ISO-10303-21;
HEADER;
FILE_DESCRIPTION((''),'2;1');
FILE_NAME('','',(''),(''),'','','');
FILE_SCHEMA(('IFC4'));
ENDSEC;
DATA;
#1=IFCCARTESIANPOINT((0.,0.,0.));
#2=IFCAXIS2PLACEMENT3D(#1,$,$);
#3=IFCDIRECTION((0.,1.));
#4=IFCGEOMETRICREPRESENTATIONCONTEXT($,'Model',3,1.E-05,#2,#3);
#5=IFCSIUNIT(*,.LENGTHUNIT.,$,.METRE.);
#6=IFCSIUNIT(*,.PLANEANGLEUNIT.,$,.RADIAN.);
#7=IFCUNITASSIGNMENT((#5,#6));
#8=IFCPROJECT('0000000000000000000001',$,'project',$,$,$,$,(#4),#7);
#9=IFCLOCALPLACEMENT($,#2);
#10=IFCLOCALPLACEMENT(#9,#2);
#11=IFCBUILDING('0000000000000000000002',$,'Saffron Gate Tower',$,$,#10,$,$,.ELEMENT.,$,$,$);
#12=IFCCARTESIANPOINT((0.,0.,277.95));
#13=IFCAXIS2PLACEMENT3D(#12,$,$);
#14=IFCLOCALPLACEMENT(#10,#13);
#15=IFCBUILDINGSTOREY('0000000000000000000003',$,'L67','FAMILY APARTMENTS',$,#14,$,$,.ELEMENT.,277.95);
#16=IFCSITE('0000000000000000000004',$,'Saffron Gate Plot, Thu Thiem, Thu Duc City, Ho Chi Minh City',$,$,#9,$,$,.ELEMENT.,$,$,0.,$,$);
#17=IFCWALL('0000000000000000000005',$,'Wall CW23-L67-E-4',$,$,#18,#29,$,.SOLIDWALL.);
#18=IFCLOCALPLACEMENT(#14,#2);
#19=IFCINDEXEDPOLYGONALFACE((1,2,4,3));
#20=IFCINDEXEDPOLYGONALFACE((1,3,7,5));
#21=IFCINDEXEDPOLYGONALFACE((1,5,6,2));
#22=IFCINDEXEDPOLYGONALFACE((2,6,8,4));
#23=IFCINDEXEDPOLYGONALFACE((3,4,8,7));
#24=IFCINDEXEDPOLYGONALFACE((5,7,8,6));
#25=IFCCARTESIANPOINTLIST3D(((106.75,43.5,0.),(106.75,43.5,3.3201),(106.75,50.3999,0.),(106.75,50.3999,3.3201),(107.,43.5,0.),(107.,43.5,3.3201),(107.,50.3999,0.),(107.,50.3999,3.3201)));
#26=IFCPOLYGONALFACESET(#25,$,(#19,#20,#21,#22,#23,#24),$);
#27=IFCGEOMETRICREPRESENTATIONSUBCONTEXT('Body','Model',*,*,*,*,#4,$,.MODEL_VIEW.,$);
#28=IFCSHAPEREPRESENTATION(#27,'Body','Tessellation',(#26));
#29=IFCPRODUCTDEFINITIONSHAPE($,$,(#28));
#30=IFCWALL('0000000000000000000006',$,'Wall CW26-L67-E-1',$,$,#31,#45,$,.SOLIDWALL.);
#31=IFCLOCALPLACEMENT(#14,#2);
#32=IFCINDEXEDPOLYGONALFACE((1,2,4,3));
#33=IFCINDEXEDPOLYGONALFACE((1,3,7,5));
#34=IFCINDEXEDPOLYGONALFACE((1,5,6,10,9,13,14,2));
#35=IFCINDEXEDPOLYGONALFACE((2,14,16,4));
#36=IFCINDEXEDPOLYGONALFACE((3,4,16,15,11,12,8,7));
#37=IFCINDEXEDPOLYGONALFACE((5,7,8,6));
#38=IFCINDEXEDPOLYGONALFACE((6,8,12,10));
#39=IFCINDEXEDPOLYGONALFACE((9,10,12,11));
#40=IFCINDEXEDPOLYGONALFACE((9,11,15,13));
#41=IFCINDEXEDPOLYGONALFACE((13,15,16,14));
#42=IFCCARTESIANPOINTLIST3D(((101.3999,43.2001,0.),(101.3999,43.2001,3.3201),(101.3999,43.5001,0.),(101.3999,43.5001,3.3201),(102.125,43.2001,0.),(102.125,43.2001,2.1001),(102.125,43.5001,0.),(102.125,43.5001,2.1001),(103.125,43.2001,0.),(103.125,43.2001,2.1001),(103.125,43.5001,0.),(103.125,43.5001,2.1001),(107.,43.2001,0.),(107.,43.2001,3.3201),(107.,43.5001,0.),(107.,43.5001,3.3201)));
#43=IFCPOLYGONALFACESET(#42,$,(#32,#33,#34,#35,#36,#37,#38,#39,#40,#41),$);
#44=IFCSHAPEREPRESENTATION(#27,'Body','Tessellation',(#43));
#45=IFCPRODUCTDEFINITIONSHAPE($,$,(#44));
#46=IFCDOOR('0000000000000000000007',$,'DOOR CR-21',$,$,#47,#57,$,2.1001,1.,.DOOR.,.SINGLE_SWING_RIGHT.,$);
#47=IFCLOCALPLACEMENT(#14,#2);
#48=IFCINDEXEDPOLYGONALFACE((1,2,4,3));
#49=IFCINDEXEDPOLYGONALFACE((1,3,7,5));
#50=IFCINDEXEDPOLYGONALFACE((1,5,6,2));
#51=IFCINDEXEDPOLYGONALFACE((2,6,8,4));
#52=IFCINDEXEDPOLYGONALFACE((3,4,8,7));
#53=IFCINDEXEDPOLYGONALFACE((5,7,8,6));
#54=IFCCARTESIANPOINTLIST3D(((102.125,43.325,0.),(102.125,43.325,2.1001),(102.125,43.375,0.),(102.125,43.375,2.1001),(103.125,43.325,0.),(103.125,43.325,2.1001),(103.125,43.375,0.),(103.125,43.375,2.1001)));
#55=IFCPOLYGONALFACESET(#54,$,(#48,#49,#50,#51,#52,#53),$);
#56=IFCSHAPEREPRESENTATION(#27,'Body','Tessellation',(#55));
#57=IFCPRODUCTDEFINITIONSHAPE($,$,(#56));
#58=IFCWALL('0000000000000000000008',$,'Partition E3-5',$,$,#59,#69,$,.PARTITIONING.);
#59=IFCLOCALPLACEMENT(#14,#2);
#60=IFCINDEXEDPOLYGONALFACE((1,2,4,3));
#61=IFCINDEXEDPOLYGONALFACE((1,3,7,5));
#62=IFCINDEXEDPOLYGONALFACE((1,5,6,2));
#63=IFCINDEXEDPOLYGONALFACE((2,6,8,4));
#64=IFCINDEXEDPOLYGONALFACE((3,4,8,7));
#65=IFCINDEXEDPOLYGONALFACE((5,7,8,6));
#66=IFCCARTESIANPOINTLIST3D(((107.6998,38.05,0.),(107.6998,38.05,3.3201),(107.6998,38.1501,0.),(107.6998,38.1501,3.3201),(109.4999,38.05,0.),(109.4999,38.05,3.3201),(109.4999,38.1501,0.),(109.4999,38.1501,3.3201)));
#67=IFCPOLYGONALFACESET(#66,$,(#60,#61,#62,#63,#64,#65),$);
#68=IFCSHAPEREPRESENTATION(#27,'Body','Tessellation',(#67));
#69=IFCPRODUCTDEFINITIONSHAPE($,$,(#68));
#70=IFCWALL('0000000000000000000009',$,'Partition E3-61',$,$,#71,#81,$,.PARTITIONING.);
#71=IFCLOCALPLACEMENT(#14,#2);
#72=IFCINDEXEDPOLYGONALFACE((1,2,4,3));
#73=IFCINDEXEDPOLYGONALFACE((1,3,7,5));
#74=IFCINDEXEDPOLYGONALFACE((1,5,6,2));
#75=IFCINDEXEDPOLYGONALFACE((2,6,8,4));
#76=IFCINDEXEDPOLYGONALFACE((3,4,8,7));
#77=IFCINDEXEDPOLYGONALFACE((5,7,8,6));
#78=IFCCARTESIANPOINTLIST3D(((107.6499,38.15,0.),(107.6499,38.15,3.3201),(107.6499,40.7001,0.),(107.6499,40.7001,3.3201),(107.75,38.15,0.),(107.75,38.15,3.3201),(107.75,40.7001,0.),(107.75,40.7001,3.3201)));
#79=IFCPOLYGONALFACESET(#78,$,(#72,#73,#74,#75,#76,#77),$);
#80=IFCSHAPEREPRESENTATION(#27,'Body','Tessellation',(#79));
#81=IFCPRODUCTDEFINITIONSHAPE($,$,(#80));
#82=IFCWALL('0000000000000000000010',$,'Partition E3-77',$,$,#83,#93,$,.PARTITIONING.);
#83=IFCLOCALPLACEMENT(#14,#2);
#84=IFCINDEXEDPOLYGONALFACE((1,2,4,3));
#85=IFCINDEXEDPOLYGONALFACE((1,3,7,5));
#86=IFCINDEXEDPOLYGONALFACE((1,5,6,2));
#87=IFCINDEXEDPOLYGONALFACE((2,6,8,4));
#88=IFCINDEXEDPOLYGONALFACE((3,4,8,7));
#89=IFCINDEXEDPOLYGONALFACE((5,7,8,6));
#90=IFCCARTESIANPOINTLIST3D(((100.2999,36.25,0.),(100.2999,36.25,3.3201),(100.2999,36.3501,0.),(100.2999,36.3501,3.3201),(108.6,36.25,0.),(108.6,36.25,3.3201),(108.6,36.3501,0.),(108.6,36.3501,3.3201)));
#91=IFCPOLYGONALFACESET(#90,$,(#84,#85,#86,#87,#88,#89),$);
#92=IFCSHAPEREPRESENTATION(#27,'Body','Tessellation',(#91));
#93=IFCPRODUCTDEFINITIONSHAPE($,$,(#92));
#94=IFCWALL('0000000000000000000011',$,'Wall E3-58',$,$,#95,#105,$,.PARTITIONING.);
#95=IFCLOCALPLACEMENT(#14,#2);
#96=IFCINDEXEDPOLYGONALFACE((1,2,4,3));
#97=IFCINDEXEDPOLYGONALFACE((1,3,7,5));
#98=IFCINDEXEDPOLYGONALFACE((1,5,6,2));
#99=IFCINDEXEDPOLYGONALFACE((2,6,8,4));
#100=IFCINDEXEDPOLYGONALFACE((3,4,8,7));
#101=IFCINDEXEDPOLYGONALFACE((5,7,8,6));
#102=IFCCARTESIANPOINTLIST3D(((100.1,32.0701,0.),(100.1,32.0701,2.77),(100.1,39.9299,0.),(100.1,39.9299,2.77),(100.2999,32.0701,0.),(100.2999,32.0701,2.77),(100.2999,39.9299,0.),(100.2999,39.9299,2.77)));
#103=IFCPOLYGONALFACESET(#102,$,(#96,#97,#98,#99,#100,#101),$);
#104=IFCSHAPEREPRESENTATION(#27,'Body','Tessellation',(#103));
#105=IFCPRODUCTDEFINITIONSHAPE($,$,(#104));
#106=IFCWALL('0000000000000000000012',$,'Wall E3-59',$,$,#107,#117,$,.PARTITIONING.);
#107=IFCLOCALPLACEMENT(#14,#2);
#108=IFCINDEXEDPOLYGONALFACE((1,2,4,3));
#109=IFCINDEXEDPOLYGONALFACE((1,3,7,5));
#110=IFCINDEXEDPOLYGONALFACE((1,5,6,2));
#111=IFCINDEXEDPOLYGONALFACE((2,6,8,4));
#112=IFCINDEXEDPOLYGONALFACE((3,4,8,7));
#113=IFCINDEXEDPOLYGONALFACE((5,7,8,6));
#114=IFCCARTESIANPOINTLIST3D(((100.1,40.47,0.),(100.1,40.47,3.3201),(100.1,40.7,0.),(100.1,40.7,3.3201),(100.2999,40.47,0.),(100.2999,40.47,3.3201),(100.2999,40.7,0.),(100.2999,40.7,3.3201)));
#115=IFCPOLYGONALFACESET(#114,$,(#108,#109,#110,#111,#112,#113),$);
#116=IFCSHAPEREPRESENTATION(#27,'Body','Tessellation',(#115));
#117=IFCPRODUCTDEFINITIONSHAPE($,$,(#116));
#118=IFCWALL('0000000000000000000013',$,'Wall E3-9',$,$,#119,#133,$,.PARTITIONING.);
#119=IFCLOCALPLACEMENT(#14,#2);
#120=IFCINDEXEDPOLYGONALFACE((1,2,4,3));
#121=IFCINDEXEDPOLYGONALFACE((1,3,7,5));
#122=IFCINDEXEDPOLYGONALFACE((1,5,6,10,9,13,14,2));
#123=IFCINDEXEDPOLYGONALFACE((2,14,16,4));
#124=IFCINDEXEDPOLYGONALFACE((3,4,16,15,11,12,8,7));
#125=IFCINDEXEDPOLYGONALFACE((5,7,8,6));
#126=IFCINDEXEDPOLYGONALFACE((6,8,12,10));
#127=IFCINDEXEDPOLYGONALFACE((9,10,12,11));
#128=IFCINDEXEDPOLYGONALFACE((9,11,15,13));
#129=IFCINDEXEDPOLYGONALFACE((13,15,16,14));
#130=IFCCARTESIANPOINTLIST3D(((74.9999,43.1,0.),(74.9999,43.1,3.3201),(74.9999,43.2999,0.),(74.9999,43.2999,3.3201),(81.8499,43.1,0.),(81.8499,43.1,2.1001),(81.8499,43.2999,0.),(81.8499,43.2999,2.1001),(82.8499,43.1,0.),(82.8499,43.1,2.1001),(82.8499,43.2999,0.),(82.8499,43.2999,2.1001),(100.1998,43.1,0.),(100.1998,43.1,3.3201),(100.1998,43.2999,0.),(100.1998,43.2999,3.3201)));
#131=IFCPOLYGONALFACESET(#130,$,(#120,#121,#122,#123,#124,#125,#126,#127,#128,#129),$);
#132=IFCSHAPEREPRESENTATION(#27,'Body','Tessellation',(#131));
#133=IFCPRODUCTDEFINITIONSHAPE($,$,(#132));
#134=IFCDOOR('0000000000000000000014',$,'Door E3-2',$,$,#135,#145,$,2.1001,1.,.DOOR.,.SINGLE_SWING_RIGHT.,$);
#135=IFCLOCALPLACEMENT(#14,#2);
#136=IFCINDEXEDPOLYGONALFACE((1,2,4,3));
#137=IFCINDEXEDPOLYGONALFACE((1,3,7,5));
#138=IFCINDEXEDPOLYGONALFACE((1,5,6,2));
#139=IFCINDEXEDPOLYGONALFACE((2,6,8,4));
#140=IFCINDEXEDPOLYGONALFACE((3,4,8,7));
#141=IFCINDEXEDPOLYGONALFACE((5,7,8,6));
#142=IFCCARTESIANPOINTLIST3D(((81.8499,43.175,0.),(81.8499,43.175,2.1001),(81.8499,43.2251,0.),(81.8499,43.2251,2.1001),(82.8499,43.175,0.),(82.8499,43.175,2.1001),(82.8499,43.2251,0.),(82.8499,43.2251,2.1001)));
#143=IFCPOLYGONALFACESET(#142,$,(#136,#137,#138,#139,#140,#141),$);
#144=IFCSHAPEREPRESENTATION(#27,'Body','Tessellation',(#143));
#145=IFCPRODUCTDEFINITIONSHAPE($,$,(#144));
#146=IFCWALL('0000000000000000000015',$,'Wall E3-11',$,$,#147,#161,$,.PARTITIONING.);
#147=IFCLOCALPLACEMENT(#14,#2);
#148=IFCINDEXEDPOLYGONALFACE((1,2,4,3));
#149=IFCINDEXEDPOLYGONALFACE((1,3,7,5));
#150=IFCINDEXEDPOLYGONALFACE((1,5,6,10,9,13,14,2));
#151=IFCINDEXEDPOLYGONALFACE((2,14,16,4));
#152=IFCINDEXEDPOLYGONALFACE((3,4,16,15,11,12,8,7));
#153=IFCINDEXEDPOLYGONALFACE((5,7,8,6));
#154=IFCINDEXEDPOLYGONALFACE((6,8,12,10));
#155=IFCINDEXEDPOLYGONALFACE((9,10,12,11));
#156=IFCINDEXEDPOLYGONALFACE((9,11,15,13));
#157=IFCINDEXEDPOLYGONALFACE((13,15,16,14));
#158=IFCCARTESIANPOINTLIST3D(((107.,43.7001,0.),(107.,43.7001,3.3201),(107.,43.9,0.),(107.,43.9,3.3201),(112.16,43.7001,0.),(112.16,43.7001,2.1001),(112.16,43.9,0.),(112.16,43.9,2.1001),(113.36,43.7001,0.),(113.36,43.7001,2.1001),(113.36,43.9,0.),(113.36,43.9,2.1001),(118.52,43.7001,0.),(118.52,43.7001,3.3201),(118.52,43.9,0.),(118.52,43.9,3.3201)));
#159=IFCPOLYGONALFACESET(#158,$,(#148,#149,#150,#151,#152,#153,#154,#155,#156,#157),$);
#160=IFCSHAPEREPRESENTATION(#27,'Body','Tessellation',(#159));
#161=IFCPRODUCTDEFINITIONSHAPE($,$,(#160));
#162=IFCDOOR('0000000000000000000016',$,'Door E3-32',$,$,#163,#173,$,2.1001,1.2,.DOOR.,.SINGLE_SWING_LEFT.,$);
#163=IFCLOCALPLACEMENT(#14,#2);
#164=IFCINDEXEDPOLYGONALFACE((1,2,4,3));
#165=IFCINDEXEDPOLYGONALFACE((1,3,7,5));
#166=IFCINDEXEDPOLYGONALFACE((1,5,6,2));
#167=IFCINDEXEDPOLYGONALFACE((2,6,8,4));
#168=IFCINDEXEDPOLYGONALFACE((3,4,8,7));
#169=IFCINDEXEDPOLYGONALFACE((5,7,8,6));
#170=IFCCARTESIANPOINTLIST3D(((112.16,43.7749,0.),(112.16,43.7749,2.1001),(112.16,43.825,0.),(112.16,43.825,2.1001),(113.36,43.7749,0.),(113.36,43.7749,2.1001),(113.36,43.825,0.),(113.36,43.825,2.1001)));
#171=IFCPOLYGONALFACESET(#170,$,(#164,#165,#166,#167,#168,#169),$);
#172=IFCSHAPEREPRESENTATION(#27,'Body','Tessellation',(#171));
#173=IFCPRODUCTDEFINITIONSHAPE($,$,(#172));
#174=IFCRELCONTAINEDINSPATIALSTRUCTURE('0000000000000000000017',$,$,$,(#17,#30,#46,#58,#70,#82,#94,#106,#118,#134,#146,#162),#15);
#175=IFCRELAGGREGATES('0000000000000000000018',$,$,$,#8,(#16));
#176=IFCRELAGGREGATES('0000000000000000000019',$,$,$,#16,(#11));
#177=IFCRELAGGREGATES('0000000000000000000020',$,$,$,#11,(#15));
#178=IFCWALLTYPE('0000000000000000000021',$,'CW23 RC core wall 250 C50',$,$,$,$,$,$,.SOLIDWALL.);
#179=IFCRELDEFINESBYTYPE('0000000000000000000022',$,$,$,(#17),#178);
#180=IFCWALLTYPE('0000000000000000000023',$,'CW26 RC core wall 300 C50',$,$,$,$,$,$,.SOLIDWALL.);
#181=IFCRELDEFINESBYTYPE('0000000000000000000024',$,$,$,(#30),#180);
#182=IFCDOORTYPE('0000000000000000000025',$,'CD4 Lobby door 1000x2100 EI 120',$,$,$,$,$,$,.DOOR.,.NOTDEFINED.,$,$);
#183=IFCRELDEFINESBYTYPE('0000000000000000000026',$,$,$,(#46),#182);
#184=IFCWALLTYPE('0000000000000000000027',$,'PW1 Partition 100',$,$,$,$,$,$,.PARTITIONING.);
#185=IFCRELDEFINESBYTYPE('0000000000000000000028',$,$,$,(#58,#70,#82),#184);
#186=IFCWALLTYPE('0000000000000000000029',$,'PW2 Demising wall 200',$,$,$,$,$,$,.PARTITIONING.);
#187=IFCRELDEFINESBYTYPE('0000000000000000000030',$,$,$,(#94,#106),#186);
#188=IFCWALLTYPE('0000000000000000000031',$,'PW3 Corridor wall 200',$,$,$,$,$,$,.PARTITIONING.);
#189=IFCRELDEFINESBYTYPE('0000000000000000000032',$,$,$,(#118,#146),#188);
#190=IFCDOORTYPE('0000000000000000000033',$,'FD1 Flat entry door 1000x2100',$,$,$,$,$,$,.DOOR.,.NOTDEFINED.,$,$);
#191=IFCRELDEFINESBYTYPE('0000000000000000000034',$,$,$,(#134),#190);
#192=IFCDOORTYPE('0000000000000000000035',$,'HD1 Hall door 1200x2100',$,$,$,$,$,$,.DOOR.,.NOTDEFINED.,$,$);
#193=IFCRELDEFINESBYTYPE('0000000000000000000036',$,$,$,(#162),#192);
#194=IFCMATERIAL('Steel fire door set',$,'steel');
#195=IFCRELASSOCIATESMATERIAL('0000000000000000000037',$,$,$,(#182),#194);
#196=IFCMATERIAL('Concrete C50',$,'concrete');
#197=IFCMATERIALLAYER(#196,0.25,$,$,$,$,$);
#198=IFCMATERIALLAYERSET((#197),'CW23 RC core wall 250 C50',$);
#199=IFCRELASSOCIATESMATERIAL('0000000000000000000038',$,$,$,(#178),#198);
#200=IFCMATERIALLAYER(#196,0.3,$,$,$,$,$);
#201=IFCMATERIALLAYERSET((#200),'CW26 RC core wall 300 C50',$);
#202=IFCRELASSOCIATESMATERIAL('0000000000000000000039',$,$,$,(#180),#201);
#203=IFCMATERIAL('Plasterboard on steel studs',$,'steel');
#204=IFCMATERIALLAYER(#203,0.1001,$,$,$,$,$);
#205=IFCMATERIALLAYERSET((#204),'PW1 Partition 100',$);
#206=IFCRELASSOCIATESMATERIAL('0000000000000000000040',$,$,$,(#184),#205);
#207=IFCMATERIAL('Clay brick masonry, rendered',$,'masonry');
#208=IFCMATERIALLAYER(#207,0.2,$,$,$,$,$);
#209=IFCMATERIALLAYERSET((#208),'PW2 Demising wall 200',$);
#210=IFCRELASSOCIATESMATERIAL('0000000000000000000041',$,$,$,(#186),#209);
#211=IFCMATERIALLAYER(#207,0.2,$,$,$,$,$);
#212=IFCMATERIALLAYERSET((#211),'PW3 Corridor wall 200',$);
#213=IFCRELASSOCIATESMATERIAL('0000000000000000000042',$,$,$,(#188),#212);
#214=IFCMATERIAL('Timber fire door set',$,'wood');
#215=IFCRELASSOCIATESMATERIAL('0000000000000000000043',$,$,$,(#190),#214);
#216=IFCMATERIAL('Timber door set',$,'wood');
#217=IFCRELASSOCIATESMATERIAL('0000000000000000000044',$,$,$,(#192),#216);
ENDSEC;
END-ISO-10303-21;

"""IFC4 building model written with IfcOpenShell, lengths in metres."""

from ifc_helpers import new_model, si_unit, direction, frame, frame_2d, origin, place, context, subcontext, project, spatial, rectangle, extrude, material, layer, layer_set, type_object, element, fill, save


model = new_model("IFC4")

# Units and contexts
model_context = context("Model", 3, precision=1e-05, world=origin(), true_north=direction((0.0, 1.0)))
body_context = subcontext(model_context, "Body", "Model", "MODEL_VIEW")
ifc_project = project(units=[si_unit("LENGTHUNIT", "METRE"), si_unit("PLANEANGLEUNIT", "RADIAN")], contexts=[model_context])

# Site, building, storey
site_placement = place(None, origin())
site = spatial("IfcSite", under=ifc_project, at=site_placement, Name="Saffron Gate Plot, Thu Thiem, Thu Duc City, Ho Chi Minh City", CompositionType="ELEMENT", RefElevation=0.0)
building_placement = place(site_placement, origin())
building = spatial("IfcBuilding", under=site, at=building_placement, Name="Saffron Gate Tower", CompositionType="ELEMENT")
storey_placement = place(building_placement, frame((0.0, 0.0, 277.95)))
storey = spatial("IfcBuildingStorey", under=building, at=storey_placement, Name="L67", Description="FAMILY APARTMENTS", CompositionType="ELEMENT", Elevation=277.95)

# Shared definitions
ifc_material_1 = material(Name="Steel fire door set", Category="steel")
door_type_1 = type_object("IfcDoorType", Name="CD4 Lobby door 1000x2100 EI 120", OperationType="NOTDEFINED", PredefinedType="DOOR", material=ifc_material_1)
ifc_material_2 = material(Name="Concrete C50", Category="concrete")
ifc_layer_1 = layer(ifc_material_2, 0.25)
ifc_layer_set_1 = layer_set([ifc_layer_1], Name="CW23 RC core wall 250 C50")
wall_type_1 = type_object("IfcWallType", Name="CW23 RC core wall 250 C50", PredefinedType="SOLIDWALL", material=ifc_layer_set_1)

# Wall
wall_1_placement = place(storey_placement, frame((106.875, 43.5, 0.0), z_axis=(0.0, 0.0, 1.0), x_axis=(0.0, 1.0, 0.0)))
element("IfcWall", 1, at=wall_1_placement, inside=storey, type_object=wall_type_1, Name="Wall CW23-L67-E-4", PredefinedType="SOLIDWALL", context=body_context, shape_type="SweptSolid", body=[
    extrude(rectangle(XDim=6.8999, YDim=0.25, at=frame_2d((3.45, 0.0))), origin(), (0.0, 0.0, 1.0), 3.3201),
])

# Wall, opening, door
ifc_layer_2 = layer(ifc_material_2, 0.3)
ifc_layer_set_2 = layer_set([ifc_layer_2], Name="CW26 RC core wall 300 C50")
wall_type_2 = type_object("IfcWallType", Name="CW26 RC core wall 300 C50", PredefinedType="SOLIDWALL", material=ifc_layer_set_2)
wall_2_placement = place(storey_placement, frame((101.3999, 43.3501, 0.0), z_axis=(0.0, 0.0, 1.0), x_axis=(1.0, 0.0, 0.0)))
wall_2 = element("IfcWall", 2, at=wall_2_placement, inside=storey, type_object=wall_type_2, Name="Wall CW26-L67-E-1", PredefinedType="SOLIDWALL", context=body_context, shape_type="SweptSolid", body=[
    extrude(rectangle(XDim=5.6001, YDim=0.3, at=frame_2d((2.8, 0.0))), origin(), (0.0, 0.0, 1.0), 3.3201),
])
opening_1_placement = place(wall_2_placement, frame((0.7251, 0.0, 0.0)))
opening_1 = element("IfcOpeningElement", 3, at=opening_1_placement, cuts=wall_2, PredefinedType="OPENING", context=body_context, shape_type="SweptSolid", body=[
    extrude(rectangle(XDim=1.0, YDim=2.1001, at=frame_2d((0.5, 1.05))), frame((0.0, 0.1602, 0.0), z_axis=(0.0, -1.0, 0.0), x_axis=(1.0, 0.0, 0.0)), (0.0, 0.0, 1.0), 0.3201),
])
door_1_placement = place(opening_1_placement, origin())
door_1 = element("IfcDoor", 4, at=door_1_placement, inside=storey, type_object=door_type_1, Name="DOOR CR-21", OperationType="SINGLE_SWING_RIGHT", OverallHeight=2.1001, OverallWidth=1.0, PredefinedType="DOOR", context=body_context, shape_type="SweptSolid", body=[
    extrude(rectangle(XDim=1.0, YDim=2.1001, at=frame_2d((0.5, 1.05))), frame((0.0, 0.0249, 0.0), z_axis=(0.0, -1.0, 0.0), x_axis=(1.0, 0.0, 0.0)), (0.0, 0.0, 1.0), 0.05),
])
fill(opening_1, door_1)

# Walls
ifc_material_3 = material(Name="Plasterboard on steel studs", Category="steel")
ifc_layer_3 = layer(ifc_material_3, 0.1001)
ifc_layer_set_3 = layer_set([ifc_layer_3], Name="PW1 Partition 100")
wall_type_3 = type_object("IfcWallType", Name="PW1 Partition 100", PredefinedType="PARTITIONING", material=ifc_layer_set_3)
wall_3_placement = place(storey_placement, frame((107.7, 38.1001, 0.0), z_axis=(0.0, 0.0, 1.0), x_axis=(1.0, 0.0, 0.0)))
element("IfcWall", 5, at=wall_3_placement, inside=storey, type_object=wall_type_3, Name="Partition E3-5", PredefinedType="PARTITIONING", context=body_context, shape_type="SweptSolid", body=[
    extrude(rectangle(XDim=1.8, YDim=0.1001, at=frame_2d((0.8999, 0.0))), origin(), (0.0, 0.0, 1.0), 3.3201),
])
wall_4_placement = place(storey_placement, frame((107.7, 40.7, 0.0), z_axis=(0.0, 0.0, 1.0), x_axis=(0.0, -1.0, 0.0)))
element("IfcWall", 6, at=wall_4_placement, inside=storey, type_object=wall_type_3, Name="Partition E3-61", PredefinedType="PARTITIONING", context=body_context, shape_type="SweptSolid", body=[
    extrude(rectangle(XDim=2.55, YDim=0.1001, at=frame_2d((1.2749, 0.0))), origin(), (0.0, 0.0, 1.0), 3.3201),
])
wall_5_placement = place(storey_placement, frame((100.3, 36.3, 0.0), z_axis=(0.0, 0.0, 1.0), x_axis=(1.0, 0.0, 0.0)))
element("IfcWall", 7, at=wall_5_placement, inside=storey, type_object=wall_type_3, Name="Partition E3-77", PredefinedType="PARTITIONING", context=body_context, shape_type="SweptSolid", body=[
    extrude(rectangle(XDim=8.3, YDim=0.1001, at=frame_2d((4.1499, 0.0))), origin(), (0.0, 0.0, 1.0), 3.3201),
])
ifc_material_4 = material(Name="Clay brick masonry, rendered", Category="masonry")
ifc_layer_4 = layer(ifc_material_4, 0.2)
ifc_layer_set_4 = layer_set([ifc_layer_4], Name="PW2 Demising wall 200")
wall_type_4 = type_object("IfcWallType", Name="PW2 Demising wall 200", PredefinedType="PARTITIONING", material=ifc_layer_set_4)
wall_6_placement = place(storey_placement, frame((100.2, 39.9299, 0.0), z_axis=(0.0, 0.0, 1.0), x_axis=(0.0, -1.0, 0.0)))
element("IfcWall", 8, at=wall_6_placement, inside=storey, type_object=wall_type_4, Name="Wall E3-58", PredefinedType="PARTITIONING", context=body_context, shape_type="SweptSolid", body=[
    extrude(rectangle(XDim=7.8599, YDim=0.2, at=frame_2d((3.9299, 0.0))), origin(), (0.0, 0.0, 1.0), 2.77),
])
wall_7_placement = place(storey_placement, frame((100.2, 40.7, 0.0), z_axis=(0.0, 0.0, 1.0), x_axis=(0.0, -1.0, 0.0)))
element("IfcWall", 9, at=wall_7_placement, inside=storey, type_object=wall_type_4, Name="Wall E3-59", PredefinedType="PARTITIONING", context=body_context, shape_type="SweptSolid", body=[
    extrude(rectangle(XDim=0.23, YDim=0.2, at=frame_2d((0.115, 0.0))), origin(), (0.0, 0.0, 1.0), 3.3201),
])

# Walls, openings, doors
ifc_layer_5 = layer(ifc_material_4, 0.2)
ifc_layer_set_5 = layer_set([ifc_layer_5], Name="PW3 Corridor wall 200")
wall_type_5 = type_object("IfcWallType", Name="PW3 Corridor wall 200", PredefinedType="PARTITIONING", material=ifc_layer_set_5)
wall_8_placement = place(storey_placement, frame((100.2, 43.2, 0.0), z_axis=(0.0, 0.0, 1.0), x_axis=(-1.0, 0.0, 0.0)))
wall_8 = element("IfcWall", 10, at=wall_8_placement, inside=storey, type_object=wall_type_5, Name="Wall E3-9", PredefinedType="PARTITIONING", context=body_context, shape_type="SweptSolid", body=[
    extrude(rectangle(XDim=25.2, YDim=0.2, at=frame_2d((12.6001, 0.0))), origin(), (0.0, 0.0, 1.0), 3.3201),
])
opening_2_placement = place(wall_8_placement, frame((17.3501, 0.0, 0.0)))
opening_2 = element("IfcOpeningElement", 11, at=opening_2_placement, cuts=wall_8, PredefinedType="OPENING", context=body_context, shape_type="SweptSolid", body=[
    extrude(rectangle(XDim=1.0, YDim=2.1001, at=frame_2d((0.5, 1.05))), frame((0.0, 0.1099, 0.0), z_axis=(0.0, -1.0, 0.0), x_axis=(1.0, 0.0, 0.0)), (0.0, 0.0, 1.0), 0.22),
])
ifc_material_5 = material(Name="Timber fire door set", Category="wood")
door_type_2 = type_object("IfcDoorType", Name="FD1 Flat entry door 1000x2100", OperationType="NOTDEFINED", PredefinedType="DOOR", material=ifc_material_5)
door_2_placement = place(opening_2_placement, origin())
door_2 = element("IfcDoor", 12, at=door_2_placement, inside=storey, type_object=door_type_2, Name="Door E3-2", OperationType="SINGLE_SWING_RIGHT", OverallHeight=2.1001, OverallWidth=1.0, PredefinedType="DOOR", context=body_context, shape_type="SweptSolid", body=[
    extrude(rectangle(XDim=1.0, YDim=2.1001, at=frame_2d((0.5, 1.05))), frame((0.0, 0.0249, 0.0), z_axis=(0.0, -1.0, 0.0), x_axis=(1.0, 0.0, 0.0)), (0.0, 0.0, 1.0), 0.05),
])
fill(opening_2, door_2)
wall_9_placement = place(storey_placement, frame((107.0, 43.8, 0.0), z_axis=(0.0, 0.0, 1.0), x_axis=(1.0, 0.0, 0.0)))
wall_9 = element("IfcWall", 13, at=wall_9_placement, inside=storey, type_object=wall_type_5, Name="Wall E3-11", PredefinedType="PARTITIONING", context=body_context, shape_type="SweptSolid", body=[
    extrude(rectangle(XDim=11.52, YDim=0.2, at=frame_2d((5.76, 0.0))), origin(), (0.0, 0.0, 1.0), 3.3201),
])
opening_3_placement = place(wall_9_placement, frame((5.1599, 0.0, 0.0)))
opening_3 = element("IfcOpeningElement", 14, at=opening_3_placement, cuts=wall_9, PredefinedType="OPENING", context=body_context, shape_type="SweptSolid", body=[
    extrude(rectangle(XDim=1.2, YDim=2.1001, at=frame_2d((0.6001, 1.05))), frame((0.0, 0.1099, 0.0), z_axis=(0.0, -1.0, 0.0), x_axis=(1.0, 0.0, 0.0)), (0.0, 0.0, 1.0), 0.22),
])
ifc_material_6 = material(Name="Timber door set", Category="wood")
door_type_3 = type_object("IfcDoorType", Name="HD1 Hall door 1200x2100", OperationType="NOTDEFINED", PredefinedType="DOOR", material=ifc_material_6)
door_3_placement = place(opening_3_placement, origin())
door_3 = element("IfcDoor", 15, at=door_3_placement, inside=storey, type_object=door_type_3, Name="Door E3-32", OperationType="SINGLE_SWING_LEFT", OverallHeight=2.1001, OverallWidth=1.2, PredefinedType="DOOR", context=body_context, shape_type="SweptSolid", body=[
    extrude(rectangle(XDim=1.2, YDim=2.1001, at=frame_2d((0.6001, 1.05))), frame((0.0, 0.0249, 0.0), z_axis=(0.0, -1.0, 0.0), x_axis=(1.0, 0.0, 0.0)), (0.0, 0.0, 1.0), 0.05),
])
fill(opening_3, door_3)

save(model, "model.ifc")
